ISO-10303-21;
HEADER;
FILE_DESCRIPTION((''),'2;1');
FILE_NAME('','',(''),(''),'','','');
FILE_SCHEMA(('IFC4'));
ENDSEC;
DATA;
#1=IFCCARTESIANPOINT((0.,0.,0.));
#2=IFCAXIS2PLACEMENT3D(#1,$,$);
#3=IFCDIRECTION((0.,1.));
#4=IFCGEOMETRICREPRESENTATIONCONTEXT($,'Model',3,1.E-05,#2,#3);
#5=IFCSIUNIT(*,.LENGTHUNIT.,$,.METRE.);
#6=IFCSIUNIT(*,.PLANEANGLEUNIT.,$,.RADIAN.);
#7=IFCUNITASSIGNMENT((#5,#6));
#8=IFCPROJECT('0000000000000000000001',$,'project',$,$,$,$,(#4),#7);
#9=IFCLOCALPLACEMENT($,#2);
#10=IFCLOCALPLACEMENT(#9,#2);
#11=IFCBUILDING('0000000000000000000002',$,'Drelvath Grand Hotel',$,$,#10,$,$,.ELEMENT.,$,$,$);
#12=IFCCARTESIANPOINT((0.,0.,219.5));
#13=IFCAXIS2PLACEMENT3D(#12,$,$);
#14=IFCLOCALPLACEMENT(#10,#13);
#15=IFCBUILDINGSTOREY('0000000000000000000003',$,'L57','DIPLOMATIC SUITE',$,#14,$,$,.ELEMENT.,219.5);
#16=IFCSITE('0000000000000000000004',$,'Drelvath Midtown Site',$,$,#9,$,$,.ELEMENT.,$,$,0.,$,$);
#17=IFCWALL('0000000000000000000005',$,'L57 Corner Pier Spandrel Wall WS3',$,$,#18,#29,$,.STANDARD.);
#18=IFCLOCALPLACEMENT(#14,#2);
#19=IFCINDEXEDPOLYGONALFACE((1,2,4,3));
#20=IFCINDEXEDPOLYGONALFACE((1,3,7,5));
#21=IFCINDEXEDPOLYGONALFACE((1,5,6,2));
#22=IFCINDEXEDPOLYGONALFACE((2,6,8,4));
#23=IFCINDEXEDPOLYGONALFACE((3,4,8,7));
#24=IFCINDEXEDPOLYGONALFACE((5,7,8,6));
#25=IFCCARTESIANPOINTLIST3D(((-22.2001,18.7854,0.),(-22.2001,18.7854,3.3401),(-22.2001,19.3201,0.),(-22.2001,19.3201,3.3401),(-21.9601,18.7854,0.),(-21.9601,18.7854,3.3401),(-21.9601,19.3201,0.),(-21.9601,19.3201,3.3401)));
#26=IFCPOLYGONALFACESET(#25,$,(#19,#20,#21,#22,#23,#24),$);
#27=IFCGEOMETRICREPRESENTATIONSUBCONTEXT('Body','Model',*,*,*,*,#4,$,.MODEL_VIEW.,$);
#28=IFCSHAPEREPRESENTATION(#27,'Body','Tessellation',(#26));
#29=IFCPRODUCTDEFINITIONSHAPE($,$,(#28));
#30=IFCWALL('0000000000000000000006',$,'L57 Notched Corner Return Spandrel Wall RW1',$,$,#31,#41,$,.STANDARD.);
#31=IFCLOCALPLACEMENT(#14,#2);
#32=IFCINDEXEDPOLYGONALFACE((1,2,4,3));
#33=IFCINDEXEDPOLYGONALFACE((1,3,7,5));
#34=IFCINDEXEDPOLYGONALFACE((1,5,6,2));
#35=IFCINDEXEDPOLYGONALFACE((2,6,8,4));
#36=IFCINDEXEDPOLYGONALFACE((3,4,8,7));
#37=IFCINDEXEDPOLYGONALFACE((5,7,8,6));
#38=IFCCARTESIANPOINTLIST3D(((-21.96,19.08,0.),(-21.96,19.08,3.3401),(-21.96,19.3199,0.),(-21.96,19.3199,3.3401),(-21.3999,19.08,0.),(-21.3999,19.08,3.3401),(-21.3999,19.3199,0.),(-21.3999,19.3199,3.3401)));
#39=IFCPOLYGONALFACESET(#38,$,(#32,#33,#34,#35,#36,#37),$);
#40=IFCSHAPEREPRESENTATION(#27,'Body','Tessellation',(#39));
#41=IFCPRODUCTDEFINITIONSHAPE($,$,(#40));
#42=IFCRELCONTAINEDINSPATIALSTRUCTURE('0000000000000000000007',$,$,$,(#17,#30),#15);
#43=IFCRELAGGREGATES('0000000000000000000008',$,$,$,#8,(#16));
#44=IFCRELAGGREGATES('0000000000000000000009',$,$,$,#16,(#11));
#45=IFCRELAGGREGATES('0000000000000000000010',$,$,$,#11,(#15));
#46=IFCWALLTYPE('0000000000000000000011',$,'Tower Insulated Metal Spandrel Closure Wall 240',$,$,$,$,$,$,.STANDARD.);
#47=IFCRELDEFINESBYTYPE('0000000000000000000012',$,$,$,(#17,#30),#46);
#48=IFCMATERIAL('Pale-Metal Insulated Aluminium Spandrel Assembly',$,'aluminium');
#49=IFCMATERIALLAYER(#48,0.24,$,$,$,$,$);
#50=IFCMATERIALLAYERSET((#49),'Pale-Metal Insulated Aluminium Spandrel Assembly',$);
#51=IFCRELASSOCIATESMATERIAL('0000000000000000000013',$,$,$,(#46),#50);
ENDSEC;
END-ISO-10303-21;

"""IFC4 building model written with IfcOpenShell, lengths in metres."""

from ifc_helpers import new_model, si_unit, direction, frame, frame_2d, origin, place, context, subcontext, project, spatial, rectangle, extrude, material, layer, layer_set, type_object, element, save


model = new_model("IFC4")

# Units and contexts
model_context = context("Model", 3, precision=1e-05, world=origin(), true_north=direction((0.0, 1.0)))
body_context = subcontext(model_context, "Body", "Model", "MODEL_VIEW")
ifc_project = project(units=[si_unit("LENGTHUNIT", "METRE"), si_unit("PLANEANGLEUNIT", "RADIAN")], contexts=[model_context])

# Site, building, storey
site_placement = place(None, origin())
site = spatial("IfcSite", under=ifc_project, at=site_placement, Name="Drelvath Midtown Site", CompositionType="ELEMENT", RefElevation=0.0)
building_placement = place(site_placement, origin())
building = spatial("IfcBuilding", under=site, at=building_placement, Name="Drelvath Grand Hotel", CompositionType="ELEMENT")
storey_placement = place(building_placement, frame((0.0, 0.0, 219.5)))
storey = spatial("IfcBuildingStorey", under=building, at=storey_placement, Name="L57", Description="DIPLOMATIC SUITE", CompositionType="ELEMENT", Elevation=219.5)

# Walls
ifc_material_1 = material(Name="Pale-Metal Insulated Aluminium Spandrel Assembly", Category="aluminium")
ifc_layer_1 = layer(ifc_material_1, 0.24)
ifc_layer_set_1 = layer_set([ifc_layer_1], Name="Pale-Metal Insulated Aluminium Spandrel Assembly")
wall_type_1 = type_object("IfcWallType", Name="Tower Insulated Metal Spandrel Closure Wall 240", PredefinedType="STANDARD", material=ifc_layer_set_1)
wall_1_placement = place(storey_placement, frame((-22.0801, 18.7854, 0.0), z_axis=(0.0, 0.0, 1.0), x_axis=(0.0, 1.0, 0.0)))
element("IfcWall", 1, at=wall_1_placement, inside=storey, type_object=wall_type_1, Name="L57 Corner Pier Spandrel Wall WS3", PredefinedType="STANDARD", context=body_context, shape_type="SweptSolid", body=[
    extrude(rectangle(XDim=0.5347, YDim=0.24, at=frame_2d((0.2673, 0.0))), origin(), (0.0, 0.0, 1.0), 3.3401),
])
wall_2_placement = place(storey_placement, frame((-21.96, 19.2, 0.0), z_axis=(0.0, 0.0, 1.0), x_axis=(1.0, 0.0, 0.0)))
element("IfcWall", 2, at=wall_2_placement, inside=storey, type_object=wall_type_1, Name="L57 Notched Corner Return Spandrel Wall RW1", PredefinedType="STANDARD", context=body_context, shape_type="SweptSolid", body=[
    extrude(rectangle(XDim=0.5601, YDim=0.24, at=frame_2d((0.28, 0.0))), origin(), (0.0, 0.0, 1.0), 3.3401),
])

save(model, "model.ifc")
